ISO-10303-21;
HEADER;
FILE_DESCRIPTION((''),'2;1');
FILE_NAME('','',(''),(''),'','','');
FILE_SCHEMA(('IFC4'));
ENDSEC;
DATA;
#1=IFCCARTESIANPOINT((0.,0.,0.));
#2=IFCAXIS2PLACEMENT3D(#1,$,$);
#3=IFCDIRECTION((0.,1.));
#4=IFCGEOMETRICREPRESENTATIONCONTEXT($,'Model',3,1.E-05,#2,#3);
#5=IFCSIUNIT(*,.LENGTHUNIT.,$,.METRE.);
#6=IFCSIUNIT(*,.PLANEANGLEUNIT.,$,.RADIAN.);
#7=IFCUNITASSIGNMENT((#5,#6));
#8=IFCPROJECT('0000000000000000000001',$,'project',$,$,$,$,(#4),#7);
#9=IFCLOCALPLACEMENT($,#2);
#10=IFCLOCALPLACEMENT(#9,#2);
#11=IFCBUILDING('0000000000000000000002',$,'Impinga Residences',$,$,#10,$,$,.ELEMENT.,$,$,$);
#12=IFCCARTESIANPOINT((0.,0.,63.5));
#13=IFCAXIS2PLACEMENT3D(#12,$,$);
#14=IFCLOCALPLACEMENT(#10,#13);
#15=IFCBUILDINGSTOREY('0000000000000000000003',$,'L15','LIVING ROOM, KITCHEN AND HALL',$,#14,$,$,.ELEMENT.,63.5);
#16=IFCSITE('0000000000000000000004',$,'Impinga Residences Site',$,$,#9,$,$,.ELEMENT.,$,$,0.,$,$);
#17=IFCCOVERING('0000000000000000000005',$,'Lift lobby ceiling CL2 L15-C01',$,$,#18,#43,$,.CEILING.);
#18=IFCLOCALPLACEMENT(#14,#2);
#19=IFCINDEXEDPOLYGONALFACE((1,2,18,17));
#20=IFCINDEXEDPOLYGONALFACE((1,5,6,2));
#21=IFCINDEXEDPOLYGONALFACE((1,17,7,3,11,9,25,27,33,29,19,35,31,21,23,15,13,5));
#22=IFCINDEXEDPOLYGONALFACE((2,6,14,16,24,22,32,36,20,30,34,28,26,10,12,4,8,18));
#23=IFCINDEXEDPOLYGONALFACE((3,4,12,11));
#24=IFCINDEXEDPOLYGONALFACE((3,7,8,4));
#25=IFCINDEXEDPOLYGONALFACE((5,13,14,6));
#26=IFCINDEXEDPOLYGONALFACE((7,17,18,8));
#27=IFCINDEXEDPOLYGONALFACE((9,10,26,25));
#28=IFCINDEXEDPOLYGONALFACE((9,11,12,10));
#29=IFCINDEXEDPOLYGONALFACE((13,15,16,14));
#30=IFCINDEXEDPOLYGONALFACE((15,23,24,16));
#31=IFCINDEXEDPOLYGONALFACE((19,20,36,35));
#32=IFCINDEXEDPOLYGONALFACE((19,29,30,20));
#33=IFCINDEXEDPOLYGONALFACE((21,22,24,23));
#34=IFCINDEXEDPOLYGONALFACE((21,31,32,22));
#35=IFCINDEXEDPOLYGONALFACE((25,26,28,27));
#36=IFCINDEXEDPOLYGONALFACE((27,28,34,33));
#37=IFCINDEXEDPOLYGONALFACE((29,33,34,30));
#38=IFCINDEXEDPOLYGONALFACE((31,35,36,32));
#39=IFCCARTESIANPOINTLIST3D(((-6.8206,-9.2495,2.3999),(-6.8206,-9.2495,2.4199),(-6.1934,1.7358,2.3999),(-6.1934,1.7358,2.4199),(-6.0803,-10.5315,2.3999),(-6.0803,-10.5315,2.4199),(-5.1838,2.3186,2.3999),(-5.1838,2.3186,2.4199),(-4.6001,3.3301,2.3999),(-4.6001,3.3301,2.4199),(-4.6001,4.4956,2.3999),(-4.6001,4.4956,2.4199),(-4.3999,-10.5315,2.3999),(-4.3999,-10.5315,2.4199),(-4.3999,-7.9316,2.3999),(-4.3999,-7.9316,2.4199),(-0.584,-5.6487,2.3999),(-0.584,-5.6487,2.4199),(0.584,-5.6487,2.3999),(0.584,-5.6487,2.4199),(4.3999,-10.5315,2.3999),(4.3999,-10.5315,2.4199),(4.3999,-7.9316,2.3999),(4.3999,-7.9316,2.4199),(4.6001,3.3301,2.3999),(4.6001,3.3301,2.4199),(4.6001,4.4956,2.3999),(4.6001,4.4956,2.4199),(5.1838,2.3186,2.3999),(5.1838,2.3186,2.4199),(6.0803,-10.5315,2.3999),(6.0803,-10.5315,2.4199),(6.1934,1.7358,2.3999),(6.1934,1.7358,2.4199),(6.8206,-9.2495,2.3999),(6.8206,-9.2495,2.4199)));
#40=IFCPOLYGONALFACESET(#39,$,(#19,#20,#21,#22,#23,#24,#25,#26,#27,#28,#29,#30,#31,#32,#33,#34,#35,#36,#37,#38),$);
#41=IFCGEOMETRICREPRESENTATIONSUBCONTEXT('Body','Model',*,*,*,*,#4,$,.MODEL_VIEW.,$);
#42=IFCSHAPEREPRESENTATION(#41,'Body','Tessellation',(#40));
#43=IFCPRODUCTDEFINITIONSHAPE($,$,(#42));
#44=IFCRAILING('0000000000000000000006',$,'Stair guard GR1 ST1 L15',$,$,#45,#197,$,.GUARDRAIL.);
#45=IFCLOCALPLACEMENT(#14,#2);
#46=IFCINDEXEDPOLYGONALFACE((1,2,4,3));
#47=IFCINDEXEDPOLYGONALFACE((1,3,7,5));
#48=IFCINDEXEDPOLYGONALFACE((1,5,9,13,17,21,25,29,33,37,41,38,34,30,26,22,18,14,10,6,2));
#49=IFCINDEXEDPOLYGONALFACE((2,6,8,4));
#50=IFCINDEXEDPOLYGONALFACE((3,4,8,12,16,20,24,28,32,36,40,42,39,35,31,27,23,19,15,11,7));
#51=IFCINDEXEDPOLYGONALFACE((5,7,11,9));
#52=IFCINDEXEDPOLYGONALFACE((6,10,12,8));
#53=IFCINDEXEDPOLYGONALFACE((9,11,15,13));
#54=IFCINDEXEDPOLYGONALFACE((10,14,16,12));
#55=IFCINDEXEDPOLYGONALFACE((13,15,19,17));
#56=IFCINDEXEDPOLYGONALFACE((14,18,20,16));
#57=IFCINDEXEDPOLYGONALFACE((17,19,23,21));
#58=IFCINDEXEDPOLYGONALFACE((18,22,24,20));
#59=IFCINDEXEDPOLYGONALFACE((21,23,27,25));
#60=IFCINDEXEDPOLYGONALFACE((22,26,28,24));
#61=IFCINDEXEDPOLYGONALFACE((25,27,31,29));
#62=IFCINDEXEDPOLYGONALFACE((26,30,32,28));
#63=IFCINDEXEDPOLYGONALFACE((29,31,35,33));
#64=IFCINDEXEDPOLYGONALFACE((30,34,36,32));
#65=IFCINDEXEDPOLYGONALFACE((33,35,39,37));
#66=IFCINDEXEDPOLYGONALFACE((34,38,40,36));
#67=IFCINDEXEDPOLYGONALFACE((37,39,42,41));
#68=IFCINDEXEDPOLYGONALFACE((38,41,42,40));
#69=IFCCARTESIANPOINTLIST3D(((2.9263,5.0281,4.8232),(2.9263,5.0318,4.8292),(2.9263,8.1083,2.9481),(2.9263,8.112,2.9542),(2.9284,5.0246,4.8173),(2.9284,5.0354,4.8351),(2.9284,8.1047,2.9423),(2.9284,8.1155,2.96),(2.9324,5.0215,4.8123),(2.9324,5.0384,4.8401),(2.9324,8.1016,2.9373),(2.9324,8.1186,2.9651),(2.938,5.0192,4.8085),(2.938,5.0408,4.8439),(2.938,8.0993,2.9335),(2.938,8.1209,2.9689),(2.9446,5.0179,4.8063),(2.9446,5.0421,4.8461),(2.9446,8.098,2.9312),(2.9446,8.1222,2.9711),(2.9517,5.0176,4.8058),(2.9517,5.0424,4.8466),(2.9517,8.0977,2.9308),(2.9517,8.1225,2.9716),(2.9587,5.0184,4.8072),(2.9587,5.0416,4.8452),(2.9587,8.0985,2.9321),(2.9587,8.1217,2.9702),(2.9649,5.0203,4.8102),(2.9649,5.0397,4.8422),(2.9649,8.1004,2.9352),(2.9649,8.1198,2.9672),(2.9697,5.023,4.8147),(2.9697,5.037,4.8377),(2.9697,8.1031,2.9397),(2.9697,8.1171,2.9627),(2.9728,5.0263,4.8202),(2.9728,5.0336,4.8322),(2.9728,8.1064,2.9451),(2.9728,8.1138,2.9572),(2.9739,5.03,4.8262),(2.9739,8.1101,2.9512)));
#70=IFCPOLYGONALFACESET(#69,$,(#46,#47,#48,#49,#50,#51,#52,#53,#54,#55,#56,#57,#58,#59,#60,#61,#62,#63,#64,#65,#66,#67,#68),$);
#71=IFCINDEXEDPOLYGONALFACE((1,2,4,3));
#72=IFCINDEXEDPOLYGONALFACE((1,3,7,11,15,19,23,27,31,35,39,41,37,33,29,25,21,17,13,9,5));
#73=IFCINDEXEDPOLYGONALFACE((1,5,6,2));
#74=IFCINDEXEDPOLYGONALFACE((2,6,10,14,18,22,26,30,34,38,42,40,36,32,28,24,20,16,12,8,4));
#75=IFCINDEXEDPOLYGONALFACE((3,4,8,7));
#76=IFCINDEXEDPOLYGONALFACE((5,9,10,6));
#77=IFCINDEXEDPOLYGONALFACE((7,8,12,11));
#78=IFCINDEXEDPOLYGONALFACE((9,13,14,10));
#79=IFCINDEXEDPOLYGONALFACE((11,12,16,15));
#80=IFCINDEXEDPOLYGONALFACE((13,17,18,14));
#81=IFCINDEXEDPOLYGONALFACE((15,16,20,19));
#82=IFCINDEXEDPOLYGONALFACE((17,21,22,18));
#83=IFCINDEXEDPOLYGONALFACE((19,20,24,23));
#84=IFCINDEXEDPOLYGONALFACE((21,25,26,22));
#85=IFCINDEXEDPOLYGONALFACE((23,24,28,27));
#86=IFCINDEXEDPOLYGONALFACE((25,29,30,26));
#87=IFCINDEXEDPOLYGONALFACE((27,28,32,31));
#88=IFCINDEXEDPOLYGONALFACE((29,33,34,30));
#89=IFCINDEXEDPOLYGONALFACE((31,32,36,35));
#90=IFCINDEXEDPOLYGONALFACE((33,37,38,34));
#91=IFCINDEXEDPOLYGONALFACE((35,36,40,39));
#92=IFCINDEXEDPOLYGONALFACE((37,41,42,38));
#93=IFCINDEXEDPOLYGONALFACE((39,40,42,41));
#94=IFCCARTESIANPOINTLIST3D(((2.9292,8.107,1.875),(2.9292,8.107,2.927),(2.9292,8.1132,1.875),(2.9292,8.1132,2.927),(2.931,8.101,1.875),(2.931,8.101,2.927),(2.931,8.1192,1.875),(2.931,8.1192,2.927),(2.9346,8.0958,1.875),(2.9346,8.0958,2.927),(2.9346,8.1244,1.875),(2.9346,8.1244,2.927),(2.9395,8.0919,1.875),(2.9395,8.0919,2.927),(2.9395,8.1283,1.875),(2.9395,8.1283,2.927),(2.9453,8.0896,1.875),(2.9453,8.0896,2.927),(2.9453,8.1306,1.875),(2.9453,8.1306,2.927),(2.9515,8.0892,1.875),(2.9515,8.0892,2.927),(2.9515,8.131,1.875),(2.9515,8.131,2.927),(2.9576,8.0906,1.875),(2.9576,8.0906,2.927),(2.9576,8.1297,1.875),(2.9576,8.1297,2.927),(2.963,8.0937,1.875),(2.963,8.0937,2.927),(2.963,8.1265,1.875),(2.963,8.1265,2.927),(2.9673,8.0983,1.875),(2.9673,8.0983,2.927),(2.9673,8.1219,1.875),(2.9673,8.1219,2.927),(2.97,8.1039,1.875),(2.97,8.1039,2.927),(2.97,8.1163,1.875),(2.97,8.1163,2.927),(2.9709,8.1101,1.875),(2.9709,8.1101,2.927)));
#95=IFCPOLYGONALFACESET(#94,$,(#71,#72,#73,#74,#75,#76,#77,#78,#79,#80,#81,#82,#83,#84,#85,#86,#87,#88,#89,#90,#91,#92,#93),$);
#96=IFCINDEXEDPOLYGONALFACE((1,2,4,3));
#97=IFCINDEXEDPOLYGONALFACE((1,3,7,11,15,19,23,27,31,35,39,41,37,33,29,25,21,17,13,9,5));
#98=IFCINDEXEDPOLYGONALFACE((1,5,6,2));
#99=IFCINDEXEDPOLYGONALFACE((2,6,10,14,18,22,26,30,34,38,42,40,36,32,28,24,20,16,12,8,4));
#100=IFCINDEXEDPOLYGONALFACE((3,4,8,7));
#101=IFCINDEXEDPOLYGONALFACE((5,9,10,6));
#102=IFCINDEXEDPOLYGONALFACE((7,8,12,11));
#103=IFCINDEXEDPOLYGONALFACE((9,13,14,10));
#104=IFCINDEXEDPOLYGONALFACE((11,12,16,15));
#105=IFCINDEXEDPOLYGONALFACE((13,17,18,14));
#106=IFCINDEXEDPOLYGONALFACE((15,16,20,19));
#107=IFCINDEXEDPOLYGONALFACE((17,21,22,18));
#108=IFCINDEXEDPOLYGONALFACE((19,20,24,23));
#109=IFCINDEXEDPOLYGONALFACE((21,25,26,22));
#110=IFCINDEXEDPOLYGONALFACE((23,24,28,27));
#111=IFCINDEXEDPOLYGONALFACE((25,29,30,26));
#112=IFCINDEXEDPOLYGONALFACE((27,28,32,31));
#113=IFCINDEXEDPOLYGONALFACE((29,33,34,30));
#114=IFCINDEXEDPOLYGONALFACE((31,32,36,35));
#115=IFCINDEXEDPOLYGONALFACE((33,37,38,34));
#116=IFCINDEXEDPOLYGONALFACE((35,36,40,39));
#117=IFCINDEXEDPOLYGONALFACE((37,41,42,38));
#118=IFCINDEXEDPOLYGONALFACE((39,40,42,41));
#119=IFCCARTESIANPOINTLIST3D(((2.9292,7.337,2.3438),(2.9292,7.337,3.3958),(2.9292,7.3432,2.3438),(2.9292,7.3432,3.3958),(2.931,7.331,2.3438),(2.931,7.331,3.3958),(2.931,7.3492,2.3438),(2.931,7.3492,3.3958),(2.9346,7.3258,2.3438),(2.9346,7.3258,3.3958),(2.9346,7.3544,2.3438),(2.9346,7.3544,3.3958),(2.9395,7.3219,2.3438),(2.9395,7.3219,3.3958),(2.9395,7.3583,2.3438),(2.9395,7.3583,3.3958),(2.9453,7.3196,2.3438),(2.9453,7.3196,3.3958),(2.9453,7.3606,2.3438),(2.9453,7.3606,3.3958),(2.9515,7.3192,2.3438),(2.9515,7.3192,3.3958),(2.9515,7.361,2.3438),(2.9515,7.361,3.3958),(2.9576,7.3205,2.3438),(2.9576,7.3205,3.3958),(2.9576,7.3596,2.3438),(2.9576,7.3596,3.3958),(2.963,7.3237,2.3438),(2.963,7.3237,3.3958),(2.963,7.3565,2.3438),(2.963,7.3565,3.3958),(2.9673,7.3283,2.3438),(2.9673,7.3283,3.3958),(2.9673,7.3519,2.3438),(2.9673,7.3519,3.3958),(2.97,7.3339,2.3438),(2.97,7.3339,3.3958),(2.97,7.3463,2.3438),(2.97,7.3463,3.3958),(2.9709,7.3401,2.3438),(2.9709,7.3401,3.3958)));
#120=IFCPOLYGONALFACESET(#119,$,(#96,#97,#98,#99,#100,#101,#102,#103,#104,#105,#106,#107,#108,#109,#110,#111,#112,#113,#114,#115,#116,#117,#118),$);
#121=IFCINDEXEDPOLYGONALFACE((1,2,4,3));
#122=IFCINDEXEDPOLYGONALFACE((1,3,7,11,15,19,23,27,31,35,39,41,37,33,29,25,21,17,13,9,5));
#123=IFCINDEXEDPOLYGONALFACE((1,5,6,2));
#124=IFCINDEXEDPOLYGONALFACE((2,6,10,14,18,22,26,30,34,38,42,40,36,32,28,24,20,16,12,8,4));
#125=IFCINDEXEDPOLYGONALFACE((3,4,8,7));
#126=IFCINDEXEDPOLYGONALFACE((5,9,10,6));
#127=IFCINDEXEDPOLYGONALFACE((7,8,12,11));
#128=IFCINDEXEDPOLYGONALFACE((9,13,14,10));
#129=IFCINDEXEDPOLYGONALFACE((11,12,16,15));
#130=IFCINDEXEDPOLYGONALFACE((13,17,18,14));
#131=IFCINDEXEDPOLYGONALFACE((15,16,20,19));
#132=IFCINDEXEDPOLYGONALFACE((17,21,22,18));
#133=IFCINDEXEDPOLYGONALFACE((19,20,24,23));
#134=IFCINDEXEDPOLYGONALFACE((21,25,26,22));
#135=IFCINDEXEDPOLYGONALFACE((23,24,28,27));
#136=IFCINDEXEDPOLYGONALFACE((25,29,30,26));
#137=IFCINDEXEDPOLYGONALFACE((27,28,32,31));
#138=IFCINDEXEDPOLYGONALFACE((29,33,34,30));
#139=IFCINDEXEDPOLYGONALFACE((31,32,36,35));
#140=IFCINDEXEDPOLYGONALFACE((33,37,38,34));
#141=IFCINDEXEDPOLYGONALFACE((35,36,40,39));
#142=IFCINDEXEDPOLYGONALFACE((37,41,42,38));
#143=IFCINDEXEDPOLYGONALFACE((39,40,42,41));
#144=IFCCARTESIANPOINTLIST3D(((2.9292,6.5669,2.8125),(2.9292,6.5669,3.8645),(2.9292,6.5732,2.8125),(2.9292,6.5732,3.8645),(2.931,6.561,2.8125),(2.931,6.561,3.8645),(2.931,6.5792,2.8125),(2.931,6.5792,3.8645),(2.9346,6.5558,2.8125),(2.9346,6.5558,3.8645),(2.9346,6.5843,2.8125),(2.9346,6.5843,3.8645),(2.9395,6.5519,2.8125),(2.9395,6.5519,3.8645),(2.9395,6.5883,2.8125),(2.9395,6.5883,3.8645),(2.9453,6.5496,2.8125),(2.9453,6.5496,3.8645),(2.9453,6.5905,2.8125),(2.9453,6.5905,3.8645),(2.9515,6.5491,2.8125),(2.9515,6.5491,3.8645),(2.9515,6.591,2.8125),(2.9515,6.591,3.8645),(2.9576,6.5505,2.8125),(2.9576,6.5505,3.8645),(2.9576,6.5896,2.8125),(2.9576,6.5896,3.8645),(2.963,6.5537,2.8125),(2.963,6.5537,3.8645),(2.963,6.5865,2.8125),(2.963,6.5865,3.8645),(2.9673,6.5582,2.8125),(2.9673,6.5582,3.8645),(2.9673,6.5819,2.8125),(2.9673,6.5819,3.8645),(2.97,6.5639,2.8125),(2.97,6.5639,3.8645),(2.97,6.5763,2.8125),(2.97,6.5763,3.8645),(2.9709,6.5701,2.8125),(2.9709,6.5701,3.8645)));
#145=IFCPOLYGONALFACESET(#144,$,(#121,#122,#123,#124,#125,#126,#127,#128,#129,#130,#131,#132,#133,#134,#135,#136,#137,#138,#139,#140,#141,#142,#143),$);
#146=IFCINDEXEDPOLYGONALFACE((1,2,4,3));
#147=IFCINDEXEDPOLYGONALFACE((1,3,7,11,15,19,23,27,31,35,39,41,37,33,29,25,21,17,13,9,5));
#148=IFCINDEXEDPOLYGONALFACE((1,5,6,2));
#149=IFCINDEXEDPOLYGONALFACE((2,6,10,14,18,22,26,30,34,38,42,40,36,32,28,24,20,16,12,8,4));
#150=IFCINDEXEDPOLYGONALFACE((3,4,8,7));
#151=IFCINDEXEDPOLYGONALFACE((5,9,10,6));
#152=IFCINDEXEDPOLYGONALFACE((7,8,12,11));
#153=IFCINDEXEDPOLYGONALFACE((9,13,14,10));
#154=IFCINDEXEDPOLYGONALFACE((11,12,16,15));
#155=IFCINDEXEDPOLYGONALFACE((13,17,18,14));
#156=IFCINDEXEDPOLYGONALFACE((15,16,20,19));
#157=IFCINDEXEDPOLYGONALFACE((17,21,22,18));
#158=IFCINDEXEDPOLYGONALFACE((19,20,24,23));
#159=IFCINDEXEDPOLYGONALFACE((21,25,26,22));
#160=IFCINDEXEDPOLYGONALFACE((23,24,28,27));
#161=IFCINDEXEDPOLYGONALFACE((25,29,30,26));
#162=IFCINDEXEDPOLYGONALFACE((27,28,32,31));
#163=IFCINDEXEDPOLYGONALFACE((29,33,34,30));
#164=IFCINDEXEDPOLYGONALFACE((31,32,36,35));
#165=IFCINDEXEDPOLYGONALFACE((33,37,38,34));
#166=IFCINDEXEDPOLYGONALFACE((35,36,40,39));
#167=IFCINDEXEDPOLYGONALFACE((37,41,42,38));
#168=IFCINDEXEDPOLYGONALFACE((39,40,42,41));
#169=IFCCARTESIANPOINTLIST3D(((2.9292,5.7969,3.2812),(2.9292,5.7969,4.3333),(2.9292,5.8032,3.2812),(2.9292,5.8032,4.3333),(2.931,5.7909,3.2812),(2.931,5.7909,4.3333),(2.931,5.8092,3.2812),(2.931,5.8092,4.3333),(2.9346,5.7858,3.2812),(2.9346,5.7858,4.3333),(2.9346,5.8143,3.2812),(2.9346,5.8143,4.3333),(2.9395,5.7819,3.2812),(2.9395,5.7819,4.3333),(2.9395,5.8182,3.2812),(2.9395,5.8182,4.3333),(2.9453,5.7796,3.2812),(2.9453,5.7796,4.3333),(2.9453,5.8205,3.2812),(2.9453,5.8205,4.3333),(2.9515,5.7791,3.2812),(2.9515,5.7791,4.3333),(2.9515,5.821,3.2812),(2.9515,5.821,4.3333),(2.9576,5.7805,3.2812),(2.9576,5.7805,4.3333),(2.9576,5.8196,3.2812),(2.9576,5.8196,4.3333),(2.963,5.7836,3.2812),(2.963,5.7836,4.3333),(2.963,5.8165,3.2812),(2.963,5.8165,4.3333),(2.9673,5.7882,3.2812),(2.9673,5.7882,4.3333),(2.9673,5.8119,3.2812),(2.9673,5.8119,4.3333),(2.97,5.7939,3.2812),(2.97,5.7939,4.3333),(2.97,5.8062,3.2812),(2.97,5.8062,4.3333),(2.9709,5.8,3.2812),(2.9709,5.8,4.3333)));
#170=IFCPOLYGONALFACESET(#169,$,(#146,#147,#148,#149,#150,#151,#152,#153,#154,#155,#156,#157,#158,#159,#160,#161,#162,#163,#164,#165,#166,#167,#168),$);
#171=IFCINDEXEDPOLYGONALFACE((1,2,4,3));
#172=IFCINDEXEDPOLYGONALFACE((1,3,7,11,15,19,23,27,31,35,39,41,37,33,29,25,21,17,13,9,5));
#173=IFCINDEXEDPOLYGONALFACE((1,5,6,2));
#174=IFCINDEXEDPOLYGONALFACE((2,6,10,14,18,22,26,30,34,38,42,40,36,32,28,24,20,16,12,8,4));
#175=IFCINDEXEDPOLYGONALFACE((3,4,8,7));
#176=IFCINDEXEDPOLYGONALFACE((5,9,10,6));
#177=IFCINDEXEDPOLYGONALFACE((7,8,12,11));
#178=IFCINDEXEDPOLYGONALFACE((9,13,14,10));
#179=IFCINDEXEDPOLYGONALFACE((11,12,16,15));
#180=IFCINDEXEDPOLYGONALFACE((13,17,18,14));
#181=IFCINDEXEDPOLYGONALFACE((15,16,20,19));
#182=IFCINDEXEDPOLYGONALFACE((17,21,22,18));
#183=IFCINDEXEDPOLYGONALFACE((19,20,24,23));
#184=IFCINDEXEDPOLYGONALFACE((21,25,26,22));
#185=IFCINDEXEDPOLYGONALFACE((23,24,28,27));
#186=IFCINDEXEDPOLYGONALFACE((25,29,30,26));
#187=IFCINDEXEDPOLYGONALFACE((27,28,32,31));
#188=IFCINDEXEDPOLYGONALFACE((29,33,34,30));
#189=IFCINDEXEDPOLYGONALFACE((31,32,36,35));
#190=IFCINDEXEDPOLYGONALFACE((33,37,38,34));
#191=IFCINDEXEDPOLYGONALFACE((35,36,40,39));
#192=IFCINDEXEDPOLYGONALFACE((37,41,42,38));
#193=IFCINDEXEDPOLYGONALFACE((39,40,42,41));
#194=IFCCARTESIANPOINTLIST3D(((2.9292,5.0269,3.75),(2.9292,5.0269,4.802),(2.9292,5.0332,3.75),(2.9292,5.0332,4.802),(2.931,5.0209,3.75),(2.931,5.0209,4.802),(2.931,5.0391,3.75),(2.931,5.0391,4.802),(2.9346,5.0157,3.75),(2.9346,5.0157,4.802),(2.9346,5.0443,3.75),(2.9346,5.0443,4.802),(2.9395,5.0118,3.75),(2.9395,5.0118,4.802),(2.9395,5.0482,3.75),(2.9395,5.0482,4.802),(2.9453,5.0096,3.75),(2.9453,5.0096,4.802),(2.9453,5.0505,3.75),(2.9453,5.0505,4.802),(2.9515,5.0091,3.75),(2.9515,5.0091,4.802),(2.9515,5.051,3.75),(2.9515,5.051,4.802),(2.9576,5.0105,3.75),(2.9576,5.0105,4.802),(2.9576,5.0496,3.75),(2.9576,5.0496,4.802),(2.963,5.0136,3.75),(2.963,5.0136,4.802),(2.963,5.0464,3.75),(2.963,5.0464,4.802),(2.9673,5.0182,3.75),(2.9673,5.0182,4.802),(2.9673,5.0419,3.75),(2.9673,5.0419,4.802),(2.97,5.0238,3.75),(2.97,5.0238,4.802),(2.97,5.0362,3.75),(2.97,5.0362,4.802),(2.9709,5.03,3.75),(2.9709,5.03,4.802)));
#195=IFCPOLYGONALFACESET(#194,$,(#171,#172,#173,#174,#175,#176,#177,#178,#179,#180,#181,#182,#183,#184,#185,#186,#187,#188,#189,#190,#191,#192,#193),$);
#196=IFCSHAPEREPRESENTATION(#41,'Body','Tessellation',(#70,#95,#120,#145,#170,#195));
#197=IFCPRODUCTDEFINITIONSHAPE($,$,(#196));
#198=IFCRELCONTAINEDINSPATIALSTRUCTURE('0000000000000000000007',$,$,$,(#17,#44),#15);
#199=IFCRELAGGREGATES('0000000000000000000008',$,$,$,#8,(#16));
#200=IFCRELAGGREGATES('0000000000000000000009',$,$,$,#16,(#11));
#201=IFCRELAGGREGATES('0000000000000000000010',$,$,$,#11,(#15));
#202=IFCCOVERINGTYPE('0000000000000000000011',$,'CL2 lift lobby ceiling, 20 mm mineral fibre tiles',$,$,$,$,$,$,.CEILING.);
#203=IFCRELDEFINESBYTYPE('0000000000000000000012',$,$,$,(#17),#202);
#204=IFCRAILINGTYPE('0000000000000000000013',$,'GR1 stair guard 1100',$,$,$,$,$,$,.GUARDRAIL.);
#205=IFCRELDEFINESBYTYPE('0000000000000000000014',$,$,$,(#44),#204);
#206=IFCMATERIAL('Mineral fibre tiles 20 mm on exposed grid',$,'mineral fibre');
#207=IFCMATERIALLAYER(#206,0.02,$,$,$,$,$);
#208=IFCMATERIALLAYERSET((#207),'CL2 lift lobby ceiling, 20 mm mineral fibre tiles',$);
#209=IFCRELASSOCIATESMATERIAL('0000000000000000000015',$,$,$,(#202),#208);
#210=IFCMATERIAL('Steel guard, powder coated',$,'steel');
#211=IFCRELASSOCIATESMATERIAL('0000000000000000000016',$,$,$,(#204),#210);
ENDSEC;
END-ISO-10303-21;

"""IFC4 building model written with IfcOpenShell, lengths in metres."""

from ifc_helpers import new_model, si_unit, direction, frame, origin, origin_2d, place, context, subcontext, project, spatial, polyline, circle, outline, extrude, material, layer, layer_set, type_object, element, save


model = new_model("IFC4")

# Units and contexts
model_context = context("Model", 3, precision=1e-05, world=origin(), true_north=direction((0.0, 1.0)))
body_context = subcontext(model_context, "Body", "Model", "MODEL_VIEW")
ifc_project = project(units=[si_unit("LENGTHUNIT", "METRE"), si_unit("PLANEANGLEUNIT", "RADIAN")], contexts=[model_context])

# Site, building, storey
site_placement = place(None, origin())
site = spatial("IfcSite", under=ifc_project, at=site_placement, Name="Impinga Residences Site", CompositionType="ELEMENT", RefElevation=0.0)
building_placement = place(site_placement, origin())
building = spatial("IfcBuilding", under=site, at=building_placement, Name="Impinga Residences", CompositionType="ELEMENT")
storey_placement = place(building_placement, frame((0.0, 0.0, 63.5)))
storey = spatial("IfcBuildingStorey", under=building, at=storey_placement, Name="L15", Description="LIVING ROOM, KITCHEN AND HALL", CompositionType="ELEMENT", Elevation=63.5)

# Covering
ifc_material_1 = material(Name="Mineral fibre tiles 20 mm on exposed grid", Category="mineral fibre")
ifc_layer_1 = layer(ifc_material_1, 0.02)
ifc_layer_set_1 = layer_set([ifc_layer_1], Name="CL2 lift lobby ceiling, 20 mm mineral fibre tiles")
covering_type_1 = type_object("IfcCoveringType", Name="CL2 lift lobby ceiling, 20 mm mineral fibre tiles", PredefinedType="CEILING", material=ifc_layer_set_1)
covering_1_placement = place(storey_placement, frame((0.0, 0.0, 2.3999)))
element("IfcCovering", 1, at=covering_1_placement, inside=storey, type_object=covering_type_1, Name="Lift lobby ceiling CL2 L15-C01", PredefinedType="CEILING", context=body_context, shape_type="SweptSolid", body=[
    extrude(outline(polyline([(6.0803, -10.5315), (4.3999, -10.5315), (4.3999, -7.9316), (-4.3999, -7.9316), (-4.3999, -10.5315), (-6.0803, -10.5315), (-6.8206, -9.2495), (-0.584, -5.6487), (-5.1838, 2.3186), (-6.1934, 1.7358), (-4.6001, 4.4956), (-4.6001, 3.3301), (4.6001, 3.3301), (4.6001, 4.4956), (6.1934, 1.7358), (5.1838, 2.3186), (0.584, -5.6487), (6.8206, -9.2495), (6.0803, -10.5315)])), origin(), (0.0, 0.0, 1.0), 0.02),
])

# Railing
ifc_material_2 = material(Name="Steel guard, powder coated", Category="steel")
railing_type_1 = type_object("IfcRailingType", Name="GR1 stair guard 1100", PredefinedType="GUARDRAIL", material=ifc_material_2)
railing_1_placement = place(storey_placement, frame((2.95, 8.1101, 1.875)))
element("IfcRailing", 2, at=railing_1_placement, inside=storey, type_object=railing_type_1, Name="Stair guard GR1 ST1 L15", PredefinedType="GUARDRAIL", context=body_context, shape_type="SweptSolid", body=[
    extrude(circle(Radius=0.0239, at=origin_2d()), frame((0.0, 0.0, 1.0762), z_axis=(0.0, -0.854178, 0.519981), x_axis=(1.0, 0.0, 0.0)), (0.0, 0.0, 1.0), 3.606),
    extrude(circle(Radius=0.021, at=origin_2d()), origin(), (0.0, 0.0, 1.0), 1.052),
    extrude(circle(Radius=0.021, at=origin_2d()), frame((0.0, -0.77, 0.4688)), (0.0, 0.0, 1.0), 1.052),
    extrude(circle(Radius=0.021, at=origin_2d()), frame((0.0, -1.54, 0.9375)), (0.0, 0.0, 1.0), 1.052),
    extrude(circle(Radius=0.021, at=origin_2d()), frame((0.0, -2.3101, 1.4062)), (0.0, 0.0, 1.0), 1.052),
    extrude(circle(Radius=0.021, at=origin_2d()), frame((0.0, -3.0801, 1.875)), (0.0, 0.0, 1.0), 1.052),
])

save(model, "model.ifc")
